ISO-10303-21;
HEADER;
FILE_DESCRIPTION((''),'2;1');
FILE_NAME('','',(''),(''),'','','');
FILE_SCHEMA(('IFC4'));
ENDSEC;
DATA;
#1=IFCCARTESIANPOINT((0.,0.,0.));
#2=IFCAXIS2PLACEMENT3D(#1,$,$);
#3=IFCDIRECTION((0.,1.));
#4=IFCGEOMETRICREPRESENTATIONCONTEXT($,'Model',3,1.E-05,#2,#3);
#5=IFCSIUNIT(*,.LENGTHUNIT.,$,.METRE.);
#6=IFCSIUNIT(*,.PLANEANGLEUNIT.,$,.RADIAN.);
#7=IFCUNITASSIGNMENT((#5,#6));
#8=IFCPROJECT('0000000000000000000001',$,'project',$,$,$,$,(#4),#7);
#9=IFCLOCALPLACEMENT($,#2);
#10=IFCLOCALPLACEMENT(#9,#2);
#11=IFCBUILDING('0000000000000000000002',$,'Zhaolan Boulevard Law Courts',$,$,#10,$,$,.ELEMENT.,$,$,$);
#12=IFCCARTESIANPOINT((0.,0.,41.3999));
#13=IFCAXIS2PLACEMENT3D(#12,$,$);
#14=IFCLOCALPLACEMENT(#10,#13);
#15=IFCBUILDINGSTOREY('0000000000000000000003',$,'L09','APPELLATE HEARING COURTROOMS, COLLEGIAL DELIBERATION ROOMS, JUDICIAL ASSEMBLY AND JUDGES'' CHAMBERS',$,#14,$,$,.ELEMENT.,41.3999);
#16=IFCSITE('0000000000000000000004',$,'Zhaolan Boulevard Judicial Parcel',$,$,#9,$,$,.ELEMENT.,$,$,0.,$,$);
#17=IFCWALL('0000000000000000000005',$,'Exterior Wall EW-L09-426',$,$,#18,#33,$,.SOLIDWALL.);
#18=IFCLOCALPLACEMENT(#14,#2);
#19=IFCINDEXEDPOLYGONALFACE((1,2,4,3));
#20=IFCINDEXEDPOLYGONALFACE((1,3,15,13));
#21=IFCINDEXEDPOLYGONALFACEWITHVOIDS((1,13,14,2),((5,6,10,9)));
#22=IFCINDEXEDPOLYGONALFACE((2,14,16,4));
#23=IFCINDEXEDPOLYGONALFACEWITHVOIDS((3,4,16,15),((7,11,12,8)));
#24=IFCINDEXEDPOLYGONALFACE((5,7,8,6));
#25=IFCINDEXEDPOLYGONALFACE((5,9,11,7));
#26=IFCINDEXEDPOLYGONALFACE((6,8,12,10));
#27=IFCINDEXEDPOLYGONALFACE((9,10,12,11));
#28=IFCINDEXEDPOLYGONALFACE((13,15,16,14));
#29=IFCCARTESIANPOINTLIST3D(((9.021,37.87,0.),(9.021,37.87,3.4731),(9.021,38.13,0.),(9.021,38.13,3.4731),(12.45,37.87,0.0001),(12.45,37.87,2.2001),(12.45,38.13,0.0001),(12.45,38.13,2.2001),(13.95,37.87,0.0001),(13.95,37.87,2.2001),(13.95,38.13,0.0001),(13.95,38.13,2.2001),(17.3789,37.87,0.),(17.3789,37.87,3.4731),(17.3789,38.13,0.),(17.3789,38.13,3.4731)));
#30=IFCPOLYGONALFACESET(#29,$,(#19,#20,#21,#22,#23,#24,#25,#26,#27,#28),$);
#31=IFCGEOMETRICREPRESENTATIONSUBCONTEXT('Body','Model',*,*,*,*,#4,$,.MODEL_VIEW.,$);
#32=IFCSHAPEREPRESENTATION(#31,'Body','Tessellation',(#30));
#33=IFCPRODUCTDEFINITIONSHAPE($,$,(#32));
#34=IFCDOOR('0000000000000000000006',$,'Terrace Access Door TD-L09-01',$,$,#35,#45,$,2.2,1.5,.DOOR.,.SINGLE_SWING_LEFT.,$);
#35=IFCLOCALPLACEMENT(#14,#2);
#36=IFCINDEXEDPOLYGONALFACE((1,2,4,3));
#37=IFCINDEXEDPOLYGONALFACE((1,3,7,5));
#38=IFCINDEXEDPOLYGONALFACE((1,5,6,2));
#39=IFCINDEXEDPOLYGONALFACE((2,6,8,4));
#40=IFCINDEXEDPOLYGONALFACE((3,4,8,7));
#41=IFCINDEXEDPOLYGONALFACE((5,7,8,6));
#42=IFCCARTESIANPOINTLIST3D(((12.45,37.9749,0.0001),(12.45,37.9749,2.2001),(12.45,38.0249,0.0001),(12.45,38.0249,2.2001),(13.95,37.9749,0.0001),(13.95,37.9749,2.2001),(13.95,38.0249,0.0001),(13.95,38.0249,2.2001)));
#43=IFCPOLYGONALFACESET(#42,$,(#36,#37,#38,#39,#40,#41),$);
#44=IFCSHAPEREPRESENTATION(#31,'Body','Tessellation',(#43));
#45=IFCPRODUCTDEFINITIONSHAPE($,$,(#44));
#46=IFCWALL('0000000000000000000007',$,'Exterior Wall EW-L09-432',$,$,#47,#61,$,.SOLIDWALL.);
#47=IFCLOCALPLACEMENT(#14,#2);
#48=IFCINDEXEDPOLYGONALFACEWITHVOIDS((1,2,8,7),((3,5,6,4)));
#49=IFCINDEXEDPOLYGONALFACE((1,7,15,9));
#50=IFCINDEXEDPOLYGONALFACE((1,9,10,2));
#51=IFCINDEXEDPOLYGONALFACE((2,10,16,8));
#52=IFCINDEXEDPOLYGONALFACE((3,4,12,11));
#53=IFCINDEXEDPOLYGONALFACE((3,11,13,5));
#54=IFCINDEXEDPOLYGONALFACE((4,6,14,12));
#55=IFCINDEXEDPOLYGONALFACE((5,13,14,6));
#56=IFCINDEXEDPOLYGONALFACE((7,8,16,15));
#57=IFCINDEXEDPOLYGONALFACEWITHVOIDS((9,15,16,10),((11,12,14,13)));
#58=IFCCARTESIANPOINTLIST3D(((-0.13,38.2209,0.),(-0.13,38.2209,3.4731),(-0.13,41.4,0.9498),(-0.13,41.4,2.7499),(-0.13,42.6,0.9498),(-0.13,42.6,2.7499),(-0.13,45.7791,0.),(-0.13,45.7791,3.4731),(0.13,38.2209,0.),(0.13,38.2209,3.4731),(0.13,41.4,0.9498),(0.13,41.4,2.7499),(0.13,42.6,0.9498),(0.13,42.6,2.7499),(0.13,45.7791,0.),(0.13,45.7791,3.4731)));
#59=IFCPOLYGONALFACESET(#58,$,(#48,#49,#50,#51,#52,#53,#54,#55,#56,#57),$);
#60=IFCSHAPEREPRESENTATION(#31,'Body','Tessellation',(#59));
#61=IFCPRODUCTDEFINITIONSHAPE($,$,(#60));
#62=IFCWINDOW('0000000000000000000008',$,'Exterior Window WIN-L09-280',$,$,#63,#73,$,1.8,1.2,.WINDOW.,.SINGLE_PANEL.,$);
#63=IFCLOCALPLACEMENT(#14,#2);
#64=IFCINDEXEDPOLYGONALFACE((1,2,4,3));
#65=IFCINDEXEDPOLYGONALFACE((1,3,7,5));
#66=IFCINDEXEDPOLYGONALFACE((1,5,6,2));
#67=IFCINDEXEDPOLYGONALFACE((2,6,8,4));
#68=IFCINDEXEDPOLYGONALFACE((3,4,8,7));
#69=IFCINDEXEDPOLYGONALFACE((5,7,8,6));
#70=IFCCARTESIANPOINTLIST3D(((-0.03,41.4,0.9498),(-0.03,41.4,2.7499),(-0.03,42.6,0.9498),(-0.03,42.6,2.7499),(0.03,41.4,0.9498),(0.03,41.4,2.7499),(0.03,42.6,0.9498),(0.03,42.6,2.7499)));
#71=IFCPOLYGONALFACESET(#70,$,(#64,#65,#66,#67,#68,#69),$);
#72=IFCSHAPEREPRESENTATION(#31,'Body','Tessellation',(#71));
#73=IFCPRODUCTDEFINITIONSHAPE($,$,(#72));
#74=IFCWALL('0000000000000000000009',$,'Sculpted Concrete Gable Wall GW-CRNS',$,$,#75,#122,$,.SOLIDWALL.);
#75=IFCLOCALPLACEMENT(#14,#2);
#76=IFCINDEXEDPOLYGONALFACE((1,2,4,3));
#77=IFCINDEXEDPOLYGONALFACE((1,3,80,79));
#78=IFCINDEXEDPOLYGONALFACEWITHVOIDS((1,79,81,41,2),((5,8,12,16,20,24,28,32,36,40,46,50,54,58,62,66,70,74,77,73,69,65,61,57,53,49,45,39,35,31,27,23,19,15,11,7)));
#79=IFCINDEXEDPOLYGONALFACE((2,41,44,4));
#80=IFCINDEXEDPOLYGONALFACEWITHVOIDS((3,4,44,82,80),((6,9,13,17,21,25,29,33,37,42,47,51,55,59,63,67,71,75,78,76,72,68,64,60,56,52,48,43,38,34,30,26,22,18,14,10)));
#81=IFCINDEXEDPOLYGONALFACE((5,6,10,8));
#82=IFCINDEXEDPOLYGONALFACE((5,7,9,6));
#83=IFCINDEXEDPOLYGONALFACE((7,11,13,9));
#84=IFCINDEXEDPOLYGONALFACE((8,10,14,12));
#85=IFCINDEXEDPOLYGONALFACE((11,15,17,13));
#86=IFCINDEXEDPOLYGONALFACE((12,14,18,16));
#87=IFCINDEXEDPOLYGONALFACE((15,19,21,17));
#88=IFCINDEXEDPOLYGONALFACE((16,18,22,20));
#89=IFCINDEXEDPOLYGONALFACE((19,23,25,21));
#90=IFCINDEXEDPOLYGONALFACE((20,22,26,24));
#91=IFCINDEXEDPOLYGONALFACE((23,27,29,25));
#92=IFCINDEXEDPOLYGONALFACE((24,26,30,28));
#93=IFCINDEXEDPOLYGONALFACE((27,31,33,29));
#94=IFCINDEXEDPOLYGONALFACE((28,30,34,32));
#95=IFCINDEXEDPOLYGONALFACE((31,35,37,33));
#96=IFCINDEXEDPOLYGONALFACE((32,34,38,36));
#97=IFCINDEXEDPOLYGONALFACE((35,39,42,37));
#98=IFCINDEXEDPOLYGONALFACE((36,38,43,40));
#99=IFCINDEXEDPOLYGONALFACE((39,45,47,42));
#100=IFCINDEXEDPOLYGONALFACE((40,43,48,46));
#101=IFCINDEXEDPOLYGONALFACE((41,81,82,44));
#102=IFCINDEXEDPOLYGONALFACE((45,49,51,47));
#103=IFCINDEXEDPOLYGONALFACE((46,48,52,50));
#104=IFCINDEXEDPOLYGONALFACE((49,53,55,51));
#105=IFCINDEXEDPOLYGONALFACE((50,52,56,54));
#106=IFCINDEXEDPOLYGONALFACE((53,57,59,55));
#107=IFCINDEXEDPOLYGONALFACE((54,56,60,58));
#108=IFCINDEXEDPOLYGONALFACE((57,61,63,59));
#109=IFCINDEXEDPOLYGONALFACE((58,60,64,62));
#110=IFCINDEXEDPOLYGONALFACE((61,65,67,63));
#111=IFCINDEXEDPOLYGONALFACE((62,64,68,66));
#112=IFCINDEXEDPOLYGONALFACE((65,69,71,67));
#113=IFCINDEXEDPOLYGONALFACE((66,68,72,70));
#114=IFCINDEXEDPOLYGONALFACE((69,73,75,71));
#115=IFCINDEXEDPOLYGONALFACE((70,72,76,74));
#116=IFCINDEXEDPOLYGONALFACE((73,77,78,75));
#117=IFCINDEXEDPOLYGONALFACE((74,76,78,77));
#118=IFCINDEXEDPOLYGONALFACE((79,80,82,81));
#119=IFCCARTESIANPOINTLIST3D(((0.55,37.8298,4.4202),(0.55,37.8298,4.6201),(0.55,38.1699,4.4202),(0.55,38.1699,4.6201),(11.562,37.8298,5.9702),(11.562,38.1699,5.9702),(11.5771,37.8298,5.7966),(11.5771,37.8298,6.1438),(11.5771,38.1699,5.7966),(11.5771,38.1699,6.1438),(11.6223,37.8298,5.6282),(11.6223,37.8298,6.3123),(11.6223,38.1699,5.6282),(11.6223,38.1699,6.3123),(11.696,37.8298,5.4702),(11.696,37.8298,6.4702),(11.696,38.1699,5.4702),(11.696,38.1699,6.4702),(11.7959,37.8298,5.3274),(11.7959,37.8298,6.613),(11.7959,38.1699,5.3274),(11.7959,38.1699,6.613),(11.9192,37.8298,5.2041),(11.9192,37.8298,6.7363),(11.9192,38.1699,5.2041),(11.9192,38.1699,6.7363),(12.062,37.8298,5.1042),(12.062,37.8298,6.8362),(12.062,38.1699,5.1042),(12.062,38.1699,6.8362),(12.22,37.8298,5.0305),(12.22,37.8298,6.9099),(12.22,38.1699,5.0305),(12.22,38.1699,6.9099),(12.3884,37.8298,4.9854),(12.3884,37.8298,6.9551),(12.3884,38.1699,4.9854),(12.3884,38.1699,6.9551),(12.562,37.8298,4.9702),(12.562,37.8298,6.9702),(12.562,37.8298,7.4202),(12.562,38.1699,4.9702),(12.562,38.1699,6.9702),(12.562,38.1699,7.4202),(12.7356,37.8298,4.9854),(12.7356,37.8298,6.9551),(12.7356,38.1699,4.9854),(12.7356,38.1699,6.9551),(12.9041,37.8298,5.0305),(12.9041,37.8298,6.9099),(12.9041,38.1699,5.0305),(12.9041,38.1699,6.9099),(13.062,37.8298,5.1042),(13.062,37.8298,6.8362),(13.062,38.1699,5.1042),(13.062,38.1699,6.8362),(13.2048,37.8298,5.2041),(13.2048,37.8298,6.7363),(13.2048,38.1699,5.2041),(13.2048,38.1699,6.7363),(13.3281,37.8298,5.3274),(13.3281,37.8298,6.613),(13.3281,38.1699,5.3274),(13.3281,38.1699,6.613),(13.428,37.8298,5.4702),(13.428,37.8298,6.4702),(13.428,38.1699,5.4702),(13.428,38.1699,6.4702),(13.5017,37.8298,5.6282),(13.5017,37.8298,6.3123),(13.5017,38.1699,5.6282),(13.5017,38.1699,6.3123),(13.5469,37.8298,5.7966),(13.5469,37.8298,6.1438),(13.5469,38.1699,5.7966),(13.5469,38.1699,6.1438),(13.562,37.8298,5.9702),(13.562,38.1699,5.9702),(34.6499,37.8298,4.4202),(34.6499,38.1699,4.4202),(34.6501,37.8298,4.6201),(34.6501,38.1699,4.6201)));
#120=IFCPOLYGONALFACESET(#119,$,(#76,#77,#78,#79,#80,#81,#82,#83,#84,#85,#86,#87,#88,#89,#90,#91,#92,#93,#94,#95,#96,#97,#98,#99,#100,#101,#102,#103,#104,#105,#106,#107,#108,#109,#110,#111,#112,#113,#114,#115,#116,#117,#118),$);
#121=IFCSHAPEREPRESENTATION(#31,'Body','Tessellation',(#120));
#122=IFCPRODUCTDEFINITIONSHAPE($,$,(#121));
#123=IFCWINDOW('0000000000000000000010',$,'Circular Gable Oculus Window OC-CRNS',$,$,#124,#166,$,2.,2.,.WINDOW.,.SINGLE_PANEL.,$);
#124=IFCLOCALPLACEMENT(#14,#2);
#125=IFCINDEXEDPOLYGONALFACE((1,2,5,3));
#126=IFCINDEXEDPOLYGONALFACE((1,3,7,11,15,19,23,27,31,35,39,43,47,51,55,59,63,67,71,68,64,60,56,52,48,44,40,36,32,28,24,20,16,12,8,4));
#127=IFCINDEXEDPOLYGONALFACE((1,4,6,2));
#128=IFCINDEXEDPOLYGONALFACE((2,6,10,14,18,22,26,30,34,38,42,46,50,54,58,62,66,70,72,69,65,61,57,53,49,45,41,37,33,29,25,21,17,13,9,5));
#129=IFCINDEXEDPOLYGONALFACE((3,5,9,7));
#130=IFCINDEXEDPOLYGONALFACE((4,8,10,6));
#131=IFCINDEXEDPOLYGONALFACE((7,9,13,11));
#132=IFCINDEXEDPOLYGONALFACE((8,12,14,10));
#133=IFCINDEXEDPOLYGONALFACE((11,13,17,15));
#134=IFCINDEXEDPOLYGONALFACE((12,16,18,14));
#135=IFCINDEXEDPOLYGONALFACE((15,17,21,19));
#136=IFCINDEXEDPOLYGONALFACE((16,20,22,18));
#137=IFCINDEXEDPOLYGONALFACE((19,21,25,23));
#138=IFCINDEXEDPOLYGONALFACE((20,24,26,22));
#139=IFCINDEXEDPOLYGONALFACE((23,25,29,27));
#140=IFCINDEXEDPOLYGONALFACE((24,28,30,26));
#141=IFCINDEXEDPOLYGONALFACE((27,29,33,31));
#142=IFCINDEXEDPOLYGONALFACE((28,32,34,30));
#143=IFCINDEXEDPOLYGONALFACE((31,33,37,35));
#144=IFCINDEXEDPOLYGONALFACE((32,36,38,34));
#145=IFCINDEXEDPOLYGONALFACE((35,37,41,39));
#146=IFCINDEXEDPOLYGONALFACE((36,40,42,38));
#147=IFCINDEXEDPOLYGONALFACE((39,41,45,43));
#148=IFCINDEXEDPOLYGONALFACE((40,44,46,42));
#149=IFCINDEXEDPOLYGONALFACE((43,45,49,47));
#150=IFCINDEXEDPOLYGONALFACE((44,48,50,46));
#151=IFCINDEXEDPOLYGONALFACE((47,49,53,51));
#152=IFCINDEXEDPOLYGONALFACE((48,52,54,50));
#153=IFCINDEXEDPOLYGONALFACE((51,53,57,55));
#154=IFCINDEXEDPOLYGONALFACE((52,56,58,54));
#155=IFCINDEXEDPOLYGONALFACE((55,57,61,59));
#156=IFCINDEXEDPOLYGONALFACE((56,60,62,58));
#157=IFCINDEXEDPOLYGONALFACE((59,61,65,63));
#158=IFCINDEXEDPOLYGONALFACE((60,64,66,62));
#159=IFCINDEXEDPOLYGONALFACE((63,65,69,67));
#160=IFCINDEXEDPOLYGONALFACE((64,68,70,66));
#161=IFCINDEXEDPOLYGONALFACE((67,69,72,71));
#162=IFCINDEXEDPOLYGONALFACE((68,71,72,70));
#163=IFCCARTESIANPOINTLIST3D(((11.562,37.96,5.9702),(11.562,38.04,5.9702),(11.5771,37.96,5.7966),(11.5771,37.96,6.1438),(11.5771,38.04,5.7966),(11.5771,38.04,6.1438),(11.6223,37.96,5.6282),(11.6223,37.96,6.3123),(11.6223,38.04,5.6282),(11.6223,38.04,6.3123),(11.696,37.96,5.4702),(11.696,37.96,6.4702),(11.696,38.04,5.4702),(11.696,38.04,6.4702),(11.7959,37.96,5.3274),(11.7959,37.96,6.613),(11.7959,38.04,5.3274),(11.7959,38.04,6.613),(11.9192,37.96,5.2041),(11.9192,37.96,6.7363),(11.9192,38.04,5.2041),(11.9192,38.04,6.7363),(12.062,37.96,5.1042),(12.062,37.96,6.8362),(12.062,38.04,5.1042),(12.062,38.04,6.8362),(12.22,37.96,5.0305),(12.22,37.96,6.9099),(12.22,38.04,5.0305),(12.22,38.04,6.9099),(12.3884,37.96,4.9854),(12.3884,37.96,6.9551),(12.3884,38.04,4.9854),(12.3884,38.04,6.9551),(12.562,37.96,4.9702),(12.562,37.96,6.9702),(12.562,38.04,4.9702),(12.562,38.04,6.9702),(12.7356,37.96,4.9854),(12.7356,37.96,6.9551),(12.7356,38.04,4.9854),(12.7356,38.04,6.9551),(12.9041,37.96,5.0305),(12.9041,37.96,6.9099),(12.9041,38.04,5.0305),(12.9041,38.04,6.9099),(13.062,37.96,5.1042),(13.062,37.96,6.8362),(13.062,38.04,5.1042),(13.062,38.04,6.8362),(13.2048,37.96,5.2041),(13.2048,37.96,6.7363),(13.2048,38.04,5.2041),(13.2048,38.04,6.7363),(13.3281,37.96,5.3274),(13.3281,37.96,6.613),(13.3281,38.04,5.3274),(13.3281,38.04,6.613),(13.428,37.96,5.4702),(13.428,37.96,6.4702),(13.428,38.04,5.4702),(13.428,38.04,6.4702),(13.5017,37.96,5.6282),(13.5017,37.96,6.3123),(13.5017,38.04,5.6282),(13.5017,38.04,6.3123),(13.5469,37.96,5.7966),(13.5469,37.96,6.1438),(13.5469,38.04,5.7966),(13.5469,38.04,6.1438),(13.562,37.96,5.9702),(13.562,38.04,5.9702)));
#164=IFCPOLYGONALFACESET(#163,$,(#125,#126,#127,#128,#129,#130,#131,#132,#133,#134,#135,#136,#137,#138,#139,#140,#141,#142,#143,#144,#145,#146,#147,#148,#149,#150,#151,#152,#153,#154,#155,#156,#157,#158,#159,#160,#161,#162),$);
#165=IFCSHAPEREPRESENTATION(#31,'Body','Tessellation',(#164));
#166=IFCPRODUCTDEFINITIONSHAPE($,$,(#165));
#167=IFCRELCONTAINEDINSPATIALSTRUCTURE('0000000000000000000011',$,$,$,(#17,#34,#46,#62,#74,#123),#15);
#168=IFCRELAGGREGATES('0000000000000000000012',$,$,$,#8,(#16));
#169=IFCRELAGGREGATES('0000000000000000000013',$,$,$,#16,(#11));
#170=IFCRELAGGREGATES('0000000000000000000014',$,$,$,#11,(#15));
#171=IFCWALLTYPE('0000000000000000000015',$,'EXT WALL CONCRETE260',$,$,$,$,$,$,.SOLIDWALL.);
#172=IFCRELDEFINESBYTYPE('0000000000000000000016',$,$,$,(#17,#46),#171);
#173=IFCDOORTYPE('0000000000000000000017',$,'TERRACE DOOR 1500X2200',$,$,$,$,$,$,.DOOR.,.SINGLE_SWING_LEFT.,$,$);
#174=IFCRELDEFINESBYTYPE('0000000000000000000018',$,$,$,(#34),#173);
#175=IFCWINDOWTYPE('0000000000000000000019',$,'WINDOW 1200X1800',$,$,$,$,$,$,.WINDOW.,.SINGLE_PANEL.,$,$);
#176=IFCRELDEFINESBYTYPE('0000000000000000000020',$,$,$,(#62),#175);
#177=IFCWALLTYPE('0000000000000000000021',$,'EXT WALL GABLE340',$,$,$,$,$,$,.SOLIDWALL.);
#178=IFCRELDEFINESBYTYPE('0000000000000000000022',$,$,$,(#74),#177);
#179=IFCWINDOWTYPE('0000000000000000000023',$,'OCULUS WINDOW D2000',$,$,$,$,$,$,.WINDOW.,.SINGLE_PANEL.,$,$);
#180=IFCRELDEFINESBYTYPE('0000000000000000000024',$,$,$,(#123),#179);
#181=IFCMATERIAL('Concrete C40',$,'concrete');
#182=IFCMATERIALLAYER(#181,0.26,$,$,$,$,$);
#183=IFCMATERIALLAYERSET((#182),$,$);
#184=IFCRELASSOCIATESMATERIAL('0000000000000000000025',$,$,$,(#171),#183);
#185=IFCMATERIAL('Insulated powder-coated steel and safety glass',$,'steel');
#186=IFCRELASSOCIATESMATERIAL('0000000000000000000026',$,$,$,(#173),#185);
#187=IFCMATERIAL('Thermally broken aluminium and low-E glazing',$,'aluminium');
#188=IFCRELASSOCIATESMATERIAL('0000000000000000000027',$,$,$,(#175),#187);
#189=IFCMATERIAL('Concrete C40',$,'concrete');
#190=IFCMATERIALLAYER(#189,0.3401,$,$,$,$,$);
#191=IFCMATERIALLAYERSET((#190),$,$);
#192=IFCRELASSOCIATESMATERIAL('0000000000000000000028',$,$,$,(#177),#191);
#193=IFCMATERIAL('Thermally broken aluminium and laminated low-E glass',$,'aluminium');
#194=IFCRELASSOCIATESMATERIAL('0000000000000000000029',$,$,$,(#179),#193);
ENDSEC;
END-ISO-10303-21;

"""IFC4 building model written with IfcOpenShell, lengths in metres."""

from ifc_helpers import new_model, si_unit, direction, frame, frame_2d, origin, place, context, subcontext, project, spatial, polyline, rectangle, outline, extrude, material, layer, layer_set, type_object, element, fill, save


model = new_model("IFC4")

# Units and contexts
model_context = context("Model", 3, precision=1e-05, world=origin(), true_north=direction((0.0, 1.0)))
body_context = subcontext(model_context, "Body", "Model", "MODEL_VIEW")
ifc_project = project(units=[si_unit("LENGTHUNIT", "METRE"), si_unit("PLANEANGLEUNIT", "RADIAN")], contexts=[model_context])

# Site, building, storey
site_placement = place(None, origin())
site = spatial("IfcSite", under=ifc_project, at=site_placement, Name="Zhaolan Boulevard Judicial Parcel", CompositionType="ELEMENT", RefElevation=0.0)
building_placement = place(site_placement, origin())
building = spatial("IfcBuilding", under=site, at=building_placement, Name="Zhaolan Boulevard Law Courts", CompositionType="ELEMENT")
storey_placement = place(building_placement, frame((0.0, 0.0, 41.3999)))
storey = spatial("IfcBuildingStorey", under=building, at=storey_placement, Name="L09", Description="APPELLATE HEARING COURTROOMS, COLLEGIAL DELIBERATION ROOMS, JUDICIAL ASSEMBLY AND JUDGES' CHAMBERS", CompositionType="ELEMENT", Elevation=41.3999)

# Shared definitions
ifc_material_1 = material(Name="Concrete C40", Category="concrete")
ifc_layer_1 = layer(ifc_material_1, 0.26)
ifc_layer_set_1 = layer_set([ifc_layer_1])
wall_type_1 = type_object("IfcWallType", Name="EXT WALL CONCRETE260", PredefinedType="SOLIDWALL", material=ifc_layer_set_1)

# Wall, opening, door
wall_1_placement = place(storey_placement, frame((9.021, 38.0, 0.0), z_axis=(0.0, 0.0, 1.0), x_axis=(1.0, 0.0, 0.0)))
wall_1 = element("IfcWall", 1, at=wall_1_placement, inside=storey, type_object=wall_type_1, Name="Exterior Wall EW-L09-426", PredefinedType="SOLIDWALL", context=body_context, shape_type="SweptSolid", body=[
    extrude(rectangle(XDim=8.3579, YDim=0.26, at=frame_2d((4.179, 0.0))), origin(), (0.0, 0.0, 1.0), 3.4731),
])
opening_1_placement = place(wall_1_placement, frame((3.429, 0.0, 0.0)))
opening_1 = element("IfcOpeningElement", 2, at=opening_1_placement, cuts=wall_1, PredefinedType="OPENING", context=body_context, shape_type="SweptSolid", body=[
    extrude(rectangle(XDim=1.5, YDim=2.2, at=frame_2d((0.75, 1.1001))), frame((0.0, 0.1399, 0.0), z_axis=(0.0, -1.0, 0.0), x_axis=(1.0, 0.0, 0.0)), (0.0, 0.0, 1.0), 0.28),
])
ifc_material_2 = material(Name="Insulated powder-coated steel and safety glass", Category="steel")
door_type_1 = type_object("IfcDoorType", Name="TERRACE DOOR 1500X2200", OperationType="SINGLE_SWING_LEFT", PredefinedType="DOOR", material=ifc_material_2)
door_1_placement = place(opening_1_placement, origin())
door_1 = element("IfcDoor", 3, at=door_1_placement, inside=storey, type_object=door_type_1, Name="Terrace Access Door TD-L09-01", OperationType="SINGLE_SWING_LEFT", OverallHeight=2.2, OverallWidth=1.5, PredefinedType="DOOR", context=body_context, shape_type="SweptSolid", body=[
    extrude(rectangle(XDim=1.5, YDim=2.2, at=frame_2d((0.75, 1.1001))), frame((0.0, 0.0249, 0.0), z_axis=(0.0, -1.0, 0.0), x_axis=(1.0, 0.0, 0.0)), (0.0, 0.0, 1.0), 0.05),
])
fill(opening_1, door_1)

# Walls, openings, windows
wall_2_placement = place(storey_placement, frame((0.0, 45.7791, 0.0), z_axis=(0.0, 0.0, 1.0), x_axis=(0.0, -1.0, 0.0)))
wall_2 = element("IfcWall", 4, at=wall_2_placement, inside=storey, type_object=wall_type_1, Name="Exterior Wall EW-L09-432", PredefinedType="SOLIDWALL", context=body_context, shape_type="SweptSolid", body=[
    extrude(rectangle(XDim=7.5581, YDim=0.26, at=frame_2d((3.7791, 0.0))), origin(), (0.0, 0.0, 1.0), 3.4731),
])
opening_2_placement = place(wall_2_placement, frame((3.179, 0.0, 0.95)))
opening_2 = element("IfcOpeningElement", 5, at=opening_2_placement, cuts=wall_2, PredefinedType="OPENING", context=body_context, shape_type="SweptSolid", body=[
    extrude(rectangle(XDim=1.2, YDim=1.8, at=frame_2d((0.6001, 0.8999))), frame((0.0, 0.1399, 0.0), z_axis=(0.0, -1.0, 0.0), x_axis=(1.0, 0.0, 0.0)), (0.0, 0.0, 1.0), 0.28),
])
ifc_material_3 = material(Name="Thermally broken aluminium and low-E glazing", Category="aluminium")
window_type_1 = type_object("IfcWindowType", Name="WINDOW 1200X1800", PartitioningType="SINGLE_PANEL", PredefinedType="WINDOW", material=ifc_material_3)
window_1_placement = place(opening_2_placement, origin())
window_1 = element("IfcWindow", 6, at=window_1_placement, inside=storey, type_object=window_type_1, Name="Exterior Window WIN-L09-280", OverallHeight=1.8, OverallWidth=1.2, PartitioningType="SINGLE_PANEL", PredefinedType="WINDOW", context=body_context, shape_type="SweptSolid", body=[
    extrude(rectangle(XDim=1.2, YDim=1.8, at=frame_2d((0.6001, 0.8999))), frame((0.0, 0.03, 0.0), z_axis=(0.0, -1.0, 0.0), x_axis=(1.0, 0.0, 0.0)), (0.0, 0.0, 1.0), 0.0601),
])
fill(opening_2, window_1)
ifc_material_4 = material(Name="Concrete C40", Category="concrete")
ifc_layer_2 = layer(ifc_material_4, 0.3401)
ifc_layer_set_2 = layer_set([ifc_layer_2])
wall_type_2 = type_object("IfcWallType", Name="EXT WALL GABLE340", PredefinedType="SOLIDWALL", material=ifc_layer_set_2)
wall_3_placement = place(storey_placement, frame((0.55, 38.0, 4.4202), z_axis=(0.0, 0.0, 1.0), x_axis=(1.0, 0.0, 0.0)))
wall_3 = element("IfcWall", 7, at=wall_3_placement, inside=storey, type_object=wall_type_2, Name="Sculpted Concrete Gable Wall GW-CRNS", PredefinedType="SOLIDWALL", context=body_context, shape_type="SweptSolid", body=[
    extrude(outline(polyline([(0.0, 0.0), (34.0999, 0.0), (34.1001, 0.2), (12.012, 3.0), (0.0, 0.2), (0.0, 0.0)])), frame((0.0, 0.1699, 0.0), z_axis=(0.0, -1.0, 0.0), x_axis=(1.0, 0.0, 0.0)), (0.0, 0.0, 1.0), 0.3401),
])
opening_3_placement = place(wall_3_placement, frame((11.012, 0.0, 0.55)))
opening_3 = element("IfcOpeningElement", 8, at=opening_3_placement, cuts=wall_3, PredefinedType="OPENING", context=body_context, shape_type="SweptSolid", body=[
    extrude(outline(polyline([(2.0, 1.0), (1.9849, 1.1736), (1.9397, 1.342), (1.866, 1.5), (1.7661, 1.6428), (1.6428, 1.7661), (1.5, 1.866), (1.342, 1.9397), (1.1736, 1.9849), (1.0, 2.0), (0.8264, 1.9849), (0.658, 1.9397), (0.5, 1.866), (0.3572, 1.7661), (0.2339, 1.6428), (0.134, 1.5), (0.0603, 1.342), (0.0151, 1.1736), (0.0, 1.0), (0.0151, 0.8264), (0.0603, 0.658), (0.134, 0.5), (0.2339, 0.3572), (0.3572, 0.2339), (0.5, 0.134), (0.658, 0.0603), (0.8264, 0.0151), (1.0, 0.0), (1.1736, 0.0151), (1.342, 0.0603), (1.5, 0.134), (1.6428, 0.2339), (1.7661, 0.3572), (1.866, 0.5), (1.9397, 0.658), (1.9849, 0.8264), (2.0, 1.0)])), frame((0.0, 0.1799, 0.0), z_axis=(0.0, -1.0, 0.0), x_axis=(1.0, 0.0, 0.0)), (0.0, 0.0, 1.0), 0.3601),
])
ifc_material_5 = material(Name="Thermally broken aluminium and laminated low-E glass", Category="aluminium")
window_type_2 = type_object("IfcWindowType", Name="OCULUS WINDOW D2000", PartitioningType="SINGLE_PANEL", PredefinedType="WINDOW", material=ifc_material_5)
window_2_placement = place(opening_3_placement, origin())
window_2 = element("IfcWindow", 9, at=window_2_placement, inside=storey, type_object=window_type_2, Name="Circular Gable Oculus Window OC-CRNS", OverallHeight=2.0, OverallWidth=2.0, PartitioningType="SINGLE_PANEL", PredefinedType="WINDOW", context=body_context, shape_type="SweptSolid", body=[
    extrude(outline(polyline([(2.0, 1.0), (1.9849, 1.1736), (1.9397, 1.342), (1.866, 1.5), (1.7661, 1.6428), (1.6428, 1.7661), (1.5, 1.866), (1.342, 1.9397), (1.1736, 1.9849), (1.0, 2.0), (0.8264, 1.9849), (0.658, 1.9397), (0.5, 1.866), (0.3572, 1.7661), (0.2339, 1.6428), (0.134, 1.5), (0.0603, 1.342), (0.0151, 1.1736), (0.0, 1.0), (0.0151, 0.8264), (0.0603, 0.658), (0.134, 0.5), (0.2339, 0.3572), (0.3572, 0.2339), (0.5, 0.134), (0.658, 0.0603), (0.8264, 0.0151), (1.0, 0.0), (1.1736, 0.0151), (1.342, 0.0603), (1.5, 0.134), (1.6428, 0.2339), (1.7661, 0.3572), (1.866, 0.5), (1.9397, 0.658), (1.9849, 0.8264), (2.0, 1.0)])), frame((0.0, 0.04, 0.0), z_axis=(0.0, -1.0, 0.0), x_axis=(1.0, 0.0, 0.0)), (0.0, 0.0, 1.0), 0.0801),
])
fill(opening_3, window_2)

save(model, "model.ifc")
